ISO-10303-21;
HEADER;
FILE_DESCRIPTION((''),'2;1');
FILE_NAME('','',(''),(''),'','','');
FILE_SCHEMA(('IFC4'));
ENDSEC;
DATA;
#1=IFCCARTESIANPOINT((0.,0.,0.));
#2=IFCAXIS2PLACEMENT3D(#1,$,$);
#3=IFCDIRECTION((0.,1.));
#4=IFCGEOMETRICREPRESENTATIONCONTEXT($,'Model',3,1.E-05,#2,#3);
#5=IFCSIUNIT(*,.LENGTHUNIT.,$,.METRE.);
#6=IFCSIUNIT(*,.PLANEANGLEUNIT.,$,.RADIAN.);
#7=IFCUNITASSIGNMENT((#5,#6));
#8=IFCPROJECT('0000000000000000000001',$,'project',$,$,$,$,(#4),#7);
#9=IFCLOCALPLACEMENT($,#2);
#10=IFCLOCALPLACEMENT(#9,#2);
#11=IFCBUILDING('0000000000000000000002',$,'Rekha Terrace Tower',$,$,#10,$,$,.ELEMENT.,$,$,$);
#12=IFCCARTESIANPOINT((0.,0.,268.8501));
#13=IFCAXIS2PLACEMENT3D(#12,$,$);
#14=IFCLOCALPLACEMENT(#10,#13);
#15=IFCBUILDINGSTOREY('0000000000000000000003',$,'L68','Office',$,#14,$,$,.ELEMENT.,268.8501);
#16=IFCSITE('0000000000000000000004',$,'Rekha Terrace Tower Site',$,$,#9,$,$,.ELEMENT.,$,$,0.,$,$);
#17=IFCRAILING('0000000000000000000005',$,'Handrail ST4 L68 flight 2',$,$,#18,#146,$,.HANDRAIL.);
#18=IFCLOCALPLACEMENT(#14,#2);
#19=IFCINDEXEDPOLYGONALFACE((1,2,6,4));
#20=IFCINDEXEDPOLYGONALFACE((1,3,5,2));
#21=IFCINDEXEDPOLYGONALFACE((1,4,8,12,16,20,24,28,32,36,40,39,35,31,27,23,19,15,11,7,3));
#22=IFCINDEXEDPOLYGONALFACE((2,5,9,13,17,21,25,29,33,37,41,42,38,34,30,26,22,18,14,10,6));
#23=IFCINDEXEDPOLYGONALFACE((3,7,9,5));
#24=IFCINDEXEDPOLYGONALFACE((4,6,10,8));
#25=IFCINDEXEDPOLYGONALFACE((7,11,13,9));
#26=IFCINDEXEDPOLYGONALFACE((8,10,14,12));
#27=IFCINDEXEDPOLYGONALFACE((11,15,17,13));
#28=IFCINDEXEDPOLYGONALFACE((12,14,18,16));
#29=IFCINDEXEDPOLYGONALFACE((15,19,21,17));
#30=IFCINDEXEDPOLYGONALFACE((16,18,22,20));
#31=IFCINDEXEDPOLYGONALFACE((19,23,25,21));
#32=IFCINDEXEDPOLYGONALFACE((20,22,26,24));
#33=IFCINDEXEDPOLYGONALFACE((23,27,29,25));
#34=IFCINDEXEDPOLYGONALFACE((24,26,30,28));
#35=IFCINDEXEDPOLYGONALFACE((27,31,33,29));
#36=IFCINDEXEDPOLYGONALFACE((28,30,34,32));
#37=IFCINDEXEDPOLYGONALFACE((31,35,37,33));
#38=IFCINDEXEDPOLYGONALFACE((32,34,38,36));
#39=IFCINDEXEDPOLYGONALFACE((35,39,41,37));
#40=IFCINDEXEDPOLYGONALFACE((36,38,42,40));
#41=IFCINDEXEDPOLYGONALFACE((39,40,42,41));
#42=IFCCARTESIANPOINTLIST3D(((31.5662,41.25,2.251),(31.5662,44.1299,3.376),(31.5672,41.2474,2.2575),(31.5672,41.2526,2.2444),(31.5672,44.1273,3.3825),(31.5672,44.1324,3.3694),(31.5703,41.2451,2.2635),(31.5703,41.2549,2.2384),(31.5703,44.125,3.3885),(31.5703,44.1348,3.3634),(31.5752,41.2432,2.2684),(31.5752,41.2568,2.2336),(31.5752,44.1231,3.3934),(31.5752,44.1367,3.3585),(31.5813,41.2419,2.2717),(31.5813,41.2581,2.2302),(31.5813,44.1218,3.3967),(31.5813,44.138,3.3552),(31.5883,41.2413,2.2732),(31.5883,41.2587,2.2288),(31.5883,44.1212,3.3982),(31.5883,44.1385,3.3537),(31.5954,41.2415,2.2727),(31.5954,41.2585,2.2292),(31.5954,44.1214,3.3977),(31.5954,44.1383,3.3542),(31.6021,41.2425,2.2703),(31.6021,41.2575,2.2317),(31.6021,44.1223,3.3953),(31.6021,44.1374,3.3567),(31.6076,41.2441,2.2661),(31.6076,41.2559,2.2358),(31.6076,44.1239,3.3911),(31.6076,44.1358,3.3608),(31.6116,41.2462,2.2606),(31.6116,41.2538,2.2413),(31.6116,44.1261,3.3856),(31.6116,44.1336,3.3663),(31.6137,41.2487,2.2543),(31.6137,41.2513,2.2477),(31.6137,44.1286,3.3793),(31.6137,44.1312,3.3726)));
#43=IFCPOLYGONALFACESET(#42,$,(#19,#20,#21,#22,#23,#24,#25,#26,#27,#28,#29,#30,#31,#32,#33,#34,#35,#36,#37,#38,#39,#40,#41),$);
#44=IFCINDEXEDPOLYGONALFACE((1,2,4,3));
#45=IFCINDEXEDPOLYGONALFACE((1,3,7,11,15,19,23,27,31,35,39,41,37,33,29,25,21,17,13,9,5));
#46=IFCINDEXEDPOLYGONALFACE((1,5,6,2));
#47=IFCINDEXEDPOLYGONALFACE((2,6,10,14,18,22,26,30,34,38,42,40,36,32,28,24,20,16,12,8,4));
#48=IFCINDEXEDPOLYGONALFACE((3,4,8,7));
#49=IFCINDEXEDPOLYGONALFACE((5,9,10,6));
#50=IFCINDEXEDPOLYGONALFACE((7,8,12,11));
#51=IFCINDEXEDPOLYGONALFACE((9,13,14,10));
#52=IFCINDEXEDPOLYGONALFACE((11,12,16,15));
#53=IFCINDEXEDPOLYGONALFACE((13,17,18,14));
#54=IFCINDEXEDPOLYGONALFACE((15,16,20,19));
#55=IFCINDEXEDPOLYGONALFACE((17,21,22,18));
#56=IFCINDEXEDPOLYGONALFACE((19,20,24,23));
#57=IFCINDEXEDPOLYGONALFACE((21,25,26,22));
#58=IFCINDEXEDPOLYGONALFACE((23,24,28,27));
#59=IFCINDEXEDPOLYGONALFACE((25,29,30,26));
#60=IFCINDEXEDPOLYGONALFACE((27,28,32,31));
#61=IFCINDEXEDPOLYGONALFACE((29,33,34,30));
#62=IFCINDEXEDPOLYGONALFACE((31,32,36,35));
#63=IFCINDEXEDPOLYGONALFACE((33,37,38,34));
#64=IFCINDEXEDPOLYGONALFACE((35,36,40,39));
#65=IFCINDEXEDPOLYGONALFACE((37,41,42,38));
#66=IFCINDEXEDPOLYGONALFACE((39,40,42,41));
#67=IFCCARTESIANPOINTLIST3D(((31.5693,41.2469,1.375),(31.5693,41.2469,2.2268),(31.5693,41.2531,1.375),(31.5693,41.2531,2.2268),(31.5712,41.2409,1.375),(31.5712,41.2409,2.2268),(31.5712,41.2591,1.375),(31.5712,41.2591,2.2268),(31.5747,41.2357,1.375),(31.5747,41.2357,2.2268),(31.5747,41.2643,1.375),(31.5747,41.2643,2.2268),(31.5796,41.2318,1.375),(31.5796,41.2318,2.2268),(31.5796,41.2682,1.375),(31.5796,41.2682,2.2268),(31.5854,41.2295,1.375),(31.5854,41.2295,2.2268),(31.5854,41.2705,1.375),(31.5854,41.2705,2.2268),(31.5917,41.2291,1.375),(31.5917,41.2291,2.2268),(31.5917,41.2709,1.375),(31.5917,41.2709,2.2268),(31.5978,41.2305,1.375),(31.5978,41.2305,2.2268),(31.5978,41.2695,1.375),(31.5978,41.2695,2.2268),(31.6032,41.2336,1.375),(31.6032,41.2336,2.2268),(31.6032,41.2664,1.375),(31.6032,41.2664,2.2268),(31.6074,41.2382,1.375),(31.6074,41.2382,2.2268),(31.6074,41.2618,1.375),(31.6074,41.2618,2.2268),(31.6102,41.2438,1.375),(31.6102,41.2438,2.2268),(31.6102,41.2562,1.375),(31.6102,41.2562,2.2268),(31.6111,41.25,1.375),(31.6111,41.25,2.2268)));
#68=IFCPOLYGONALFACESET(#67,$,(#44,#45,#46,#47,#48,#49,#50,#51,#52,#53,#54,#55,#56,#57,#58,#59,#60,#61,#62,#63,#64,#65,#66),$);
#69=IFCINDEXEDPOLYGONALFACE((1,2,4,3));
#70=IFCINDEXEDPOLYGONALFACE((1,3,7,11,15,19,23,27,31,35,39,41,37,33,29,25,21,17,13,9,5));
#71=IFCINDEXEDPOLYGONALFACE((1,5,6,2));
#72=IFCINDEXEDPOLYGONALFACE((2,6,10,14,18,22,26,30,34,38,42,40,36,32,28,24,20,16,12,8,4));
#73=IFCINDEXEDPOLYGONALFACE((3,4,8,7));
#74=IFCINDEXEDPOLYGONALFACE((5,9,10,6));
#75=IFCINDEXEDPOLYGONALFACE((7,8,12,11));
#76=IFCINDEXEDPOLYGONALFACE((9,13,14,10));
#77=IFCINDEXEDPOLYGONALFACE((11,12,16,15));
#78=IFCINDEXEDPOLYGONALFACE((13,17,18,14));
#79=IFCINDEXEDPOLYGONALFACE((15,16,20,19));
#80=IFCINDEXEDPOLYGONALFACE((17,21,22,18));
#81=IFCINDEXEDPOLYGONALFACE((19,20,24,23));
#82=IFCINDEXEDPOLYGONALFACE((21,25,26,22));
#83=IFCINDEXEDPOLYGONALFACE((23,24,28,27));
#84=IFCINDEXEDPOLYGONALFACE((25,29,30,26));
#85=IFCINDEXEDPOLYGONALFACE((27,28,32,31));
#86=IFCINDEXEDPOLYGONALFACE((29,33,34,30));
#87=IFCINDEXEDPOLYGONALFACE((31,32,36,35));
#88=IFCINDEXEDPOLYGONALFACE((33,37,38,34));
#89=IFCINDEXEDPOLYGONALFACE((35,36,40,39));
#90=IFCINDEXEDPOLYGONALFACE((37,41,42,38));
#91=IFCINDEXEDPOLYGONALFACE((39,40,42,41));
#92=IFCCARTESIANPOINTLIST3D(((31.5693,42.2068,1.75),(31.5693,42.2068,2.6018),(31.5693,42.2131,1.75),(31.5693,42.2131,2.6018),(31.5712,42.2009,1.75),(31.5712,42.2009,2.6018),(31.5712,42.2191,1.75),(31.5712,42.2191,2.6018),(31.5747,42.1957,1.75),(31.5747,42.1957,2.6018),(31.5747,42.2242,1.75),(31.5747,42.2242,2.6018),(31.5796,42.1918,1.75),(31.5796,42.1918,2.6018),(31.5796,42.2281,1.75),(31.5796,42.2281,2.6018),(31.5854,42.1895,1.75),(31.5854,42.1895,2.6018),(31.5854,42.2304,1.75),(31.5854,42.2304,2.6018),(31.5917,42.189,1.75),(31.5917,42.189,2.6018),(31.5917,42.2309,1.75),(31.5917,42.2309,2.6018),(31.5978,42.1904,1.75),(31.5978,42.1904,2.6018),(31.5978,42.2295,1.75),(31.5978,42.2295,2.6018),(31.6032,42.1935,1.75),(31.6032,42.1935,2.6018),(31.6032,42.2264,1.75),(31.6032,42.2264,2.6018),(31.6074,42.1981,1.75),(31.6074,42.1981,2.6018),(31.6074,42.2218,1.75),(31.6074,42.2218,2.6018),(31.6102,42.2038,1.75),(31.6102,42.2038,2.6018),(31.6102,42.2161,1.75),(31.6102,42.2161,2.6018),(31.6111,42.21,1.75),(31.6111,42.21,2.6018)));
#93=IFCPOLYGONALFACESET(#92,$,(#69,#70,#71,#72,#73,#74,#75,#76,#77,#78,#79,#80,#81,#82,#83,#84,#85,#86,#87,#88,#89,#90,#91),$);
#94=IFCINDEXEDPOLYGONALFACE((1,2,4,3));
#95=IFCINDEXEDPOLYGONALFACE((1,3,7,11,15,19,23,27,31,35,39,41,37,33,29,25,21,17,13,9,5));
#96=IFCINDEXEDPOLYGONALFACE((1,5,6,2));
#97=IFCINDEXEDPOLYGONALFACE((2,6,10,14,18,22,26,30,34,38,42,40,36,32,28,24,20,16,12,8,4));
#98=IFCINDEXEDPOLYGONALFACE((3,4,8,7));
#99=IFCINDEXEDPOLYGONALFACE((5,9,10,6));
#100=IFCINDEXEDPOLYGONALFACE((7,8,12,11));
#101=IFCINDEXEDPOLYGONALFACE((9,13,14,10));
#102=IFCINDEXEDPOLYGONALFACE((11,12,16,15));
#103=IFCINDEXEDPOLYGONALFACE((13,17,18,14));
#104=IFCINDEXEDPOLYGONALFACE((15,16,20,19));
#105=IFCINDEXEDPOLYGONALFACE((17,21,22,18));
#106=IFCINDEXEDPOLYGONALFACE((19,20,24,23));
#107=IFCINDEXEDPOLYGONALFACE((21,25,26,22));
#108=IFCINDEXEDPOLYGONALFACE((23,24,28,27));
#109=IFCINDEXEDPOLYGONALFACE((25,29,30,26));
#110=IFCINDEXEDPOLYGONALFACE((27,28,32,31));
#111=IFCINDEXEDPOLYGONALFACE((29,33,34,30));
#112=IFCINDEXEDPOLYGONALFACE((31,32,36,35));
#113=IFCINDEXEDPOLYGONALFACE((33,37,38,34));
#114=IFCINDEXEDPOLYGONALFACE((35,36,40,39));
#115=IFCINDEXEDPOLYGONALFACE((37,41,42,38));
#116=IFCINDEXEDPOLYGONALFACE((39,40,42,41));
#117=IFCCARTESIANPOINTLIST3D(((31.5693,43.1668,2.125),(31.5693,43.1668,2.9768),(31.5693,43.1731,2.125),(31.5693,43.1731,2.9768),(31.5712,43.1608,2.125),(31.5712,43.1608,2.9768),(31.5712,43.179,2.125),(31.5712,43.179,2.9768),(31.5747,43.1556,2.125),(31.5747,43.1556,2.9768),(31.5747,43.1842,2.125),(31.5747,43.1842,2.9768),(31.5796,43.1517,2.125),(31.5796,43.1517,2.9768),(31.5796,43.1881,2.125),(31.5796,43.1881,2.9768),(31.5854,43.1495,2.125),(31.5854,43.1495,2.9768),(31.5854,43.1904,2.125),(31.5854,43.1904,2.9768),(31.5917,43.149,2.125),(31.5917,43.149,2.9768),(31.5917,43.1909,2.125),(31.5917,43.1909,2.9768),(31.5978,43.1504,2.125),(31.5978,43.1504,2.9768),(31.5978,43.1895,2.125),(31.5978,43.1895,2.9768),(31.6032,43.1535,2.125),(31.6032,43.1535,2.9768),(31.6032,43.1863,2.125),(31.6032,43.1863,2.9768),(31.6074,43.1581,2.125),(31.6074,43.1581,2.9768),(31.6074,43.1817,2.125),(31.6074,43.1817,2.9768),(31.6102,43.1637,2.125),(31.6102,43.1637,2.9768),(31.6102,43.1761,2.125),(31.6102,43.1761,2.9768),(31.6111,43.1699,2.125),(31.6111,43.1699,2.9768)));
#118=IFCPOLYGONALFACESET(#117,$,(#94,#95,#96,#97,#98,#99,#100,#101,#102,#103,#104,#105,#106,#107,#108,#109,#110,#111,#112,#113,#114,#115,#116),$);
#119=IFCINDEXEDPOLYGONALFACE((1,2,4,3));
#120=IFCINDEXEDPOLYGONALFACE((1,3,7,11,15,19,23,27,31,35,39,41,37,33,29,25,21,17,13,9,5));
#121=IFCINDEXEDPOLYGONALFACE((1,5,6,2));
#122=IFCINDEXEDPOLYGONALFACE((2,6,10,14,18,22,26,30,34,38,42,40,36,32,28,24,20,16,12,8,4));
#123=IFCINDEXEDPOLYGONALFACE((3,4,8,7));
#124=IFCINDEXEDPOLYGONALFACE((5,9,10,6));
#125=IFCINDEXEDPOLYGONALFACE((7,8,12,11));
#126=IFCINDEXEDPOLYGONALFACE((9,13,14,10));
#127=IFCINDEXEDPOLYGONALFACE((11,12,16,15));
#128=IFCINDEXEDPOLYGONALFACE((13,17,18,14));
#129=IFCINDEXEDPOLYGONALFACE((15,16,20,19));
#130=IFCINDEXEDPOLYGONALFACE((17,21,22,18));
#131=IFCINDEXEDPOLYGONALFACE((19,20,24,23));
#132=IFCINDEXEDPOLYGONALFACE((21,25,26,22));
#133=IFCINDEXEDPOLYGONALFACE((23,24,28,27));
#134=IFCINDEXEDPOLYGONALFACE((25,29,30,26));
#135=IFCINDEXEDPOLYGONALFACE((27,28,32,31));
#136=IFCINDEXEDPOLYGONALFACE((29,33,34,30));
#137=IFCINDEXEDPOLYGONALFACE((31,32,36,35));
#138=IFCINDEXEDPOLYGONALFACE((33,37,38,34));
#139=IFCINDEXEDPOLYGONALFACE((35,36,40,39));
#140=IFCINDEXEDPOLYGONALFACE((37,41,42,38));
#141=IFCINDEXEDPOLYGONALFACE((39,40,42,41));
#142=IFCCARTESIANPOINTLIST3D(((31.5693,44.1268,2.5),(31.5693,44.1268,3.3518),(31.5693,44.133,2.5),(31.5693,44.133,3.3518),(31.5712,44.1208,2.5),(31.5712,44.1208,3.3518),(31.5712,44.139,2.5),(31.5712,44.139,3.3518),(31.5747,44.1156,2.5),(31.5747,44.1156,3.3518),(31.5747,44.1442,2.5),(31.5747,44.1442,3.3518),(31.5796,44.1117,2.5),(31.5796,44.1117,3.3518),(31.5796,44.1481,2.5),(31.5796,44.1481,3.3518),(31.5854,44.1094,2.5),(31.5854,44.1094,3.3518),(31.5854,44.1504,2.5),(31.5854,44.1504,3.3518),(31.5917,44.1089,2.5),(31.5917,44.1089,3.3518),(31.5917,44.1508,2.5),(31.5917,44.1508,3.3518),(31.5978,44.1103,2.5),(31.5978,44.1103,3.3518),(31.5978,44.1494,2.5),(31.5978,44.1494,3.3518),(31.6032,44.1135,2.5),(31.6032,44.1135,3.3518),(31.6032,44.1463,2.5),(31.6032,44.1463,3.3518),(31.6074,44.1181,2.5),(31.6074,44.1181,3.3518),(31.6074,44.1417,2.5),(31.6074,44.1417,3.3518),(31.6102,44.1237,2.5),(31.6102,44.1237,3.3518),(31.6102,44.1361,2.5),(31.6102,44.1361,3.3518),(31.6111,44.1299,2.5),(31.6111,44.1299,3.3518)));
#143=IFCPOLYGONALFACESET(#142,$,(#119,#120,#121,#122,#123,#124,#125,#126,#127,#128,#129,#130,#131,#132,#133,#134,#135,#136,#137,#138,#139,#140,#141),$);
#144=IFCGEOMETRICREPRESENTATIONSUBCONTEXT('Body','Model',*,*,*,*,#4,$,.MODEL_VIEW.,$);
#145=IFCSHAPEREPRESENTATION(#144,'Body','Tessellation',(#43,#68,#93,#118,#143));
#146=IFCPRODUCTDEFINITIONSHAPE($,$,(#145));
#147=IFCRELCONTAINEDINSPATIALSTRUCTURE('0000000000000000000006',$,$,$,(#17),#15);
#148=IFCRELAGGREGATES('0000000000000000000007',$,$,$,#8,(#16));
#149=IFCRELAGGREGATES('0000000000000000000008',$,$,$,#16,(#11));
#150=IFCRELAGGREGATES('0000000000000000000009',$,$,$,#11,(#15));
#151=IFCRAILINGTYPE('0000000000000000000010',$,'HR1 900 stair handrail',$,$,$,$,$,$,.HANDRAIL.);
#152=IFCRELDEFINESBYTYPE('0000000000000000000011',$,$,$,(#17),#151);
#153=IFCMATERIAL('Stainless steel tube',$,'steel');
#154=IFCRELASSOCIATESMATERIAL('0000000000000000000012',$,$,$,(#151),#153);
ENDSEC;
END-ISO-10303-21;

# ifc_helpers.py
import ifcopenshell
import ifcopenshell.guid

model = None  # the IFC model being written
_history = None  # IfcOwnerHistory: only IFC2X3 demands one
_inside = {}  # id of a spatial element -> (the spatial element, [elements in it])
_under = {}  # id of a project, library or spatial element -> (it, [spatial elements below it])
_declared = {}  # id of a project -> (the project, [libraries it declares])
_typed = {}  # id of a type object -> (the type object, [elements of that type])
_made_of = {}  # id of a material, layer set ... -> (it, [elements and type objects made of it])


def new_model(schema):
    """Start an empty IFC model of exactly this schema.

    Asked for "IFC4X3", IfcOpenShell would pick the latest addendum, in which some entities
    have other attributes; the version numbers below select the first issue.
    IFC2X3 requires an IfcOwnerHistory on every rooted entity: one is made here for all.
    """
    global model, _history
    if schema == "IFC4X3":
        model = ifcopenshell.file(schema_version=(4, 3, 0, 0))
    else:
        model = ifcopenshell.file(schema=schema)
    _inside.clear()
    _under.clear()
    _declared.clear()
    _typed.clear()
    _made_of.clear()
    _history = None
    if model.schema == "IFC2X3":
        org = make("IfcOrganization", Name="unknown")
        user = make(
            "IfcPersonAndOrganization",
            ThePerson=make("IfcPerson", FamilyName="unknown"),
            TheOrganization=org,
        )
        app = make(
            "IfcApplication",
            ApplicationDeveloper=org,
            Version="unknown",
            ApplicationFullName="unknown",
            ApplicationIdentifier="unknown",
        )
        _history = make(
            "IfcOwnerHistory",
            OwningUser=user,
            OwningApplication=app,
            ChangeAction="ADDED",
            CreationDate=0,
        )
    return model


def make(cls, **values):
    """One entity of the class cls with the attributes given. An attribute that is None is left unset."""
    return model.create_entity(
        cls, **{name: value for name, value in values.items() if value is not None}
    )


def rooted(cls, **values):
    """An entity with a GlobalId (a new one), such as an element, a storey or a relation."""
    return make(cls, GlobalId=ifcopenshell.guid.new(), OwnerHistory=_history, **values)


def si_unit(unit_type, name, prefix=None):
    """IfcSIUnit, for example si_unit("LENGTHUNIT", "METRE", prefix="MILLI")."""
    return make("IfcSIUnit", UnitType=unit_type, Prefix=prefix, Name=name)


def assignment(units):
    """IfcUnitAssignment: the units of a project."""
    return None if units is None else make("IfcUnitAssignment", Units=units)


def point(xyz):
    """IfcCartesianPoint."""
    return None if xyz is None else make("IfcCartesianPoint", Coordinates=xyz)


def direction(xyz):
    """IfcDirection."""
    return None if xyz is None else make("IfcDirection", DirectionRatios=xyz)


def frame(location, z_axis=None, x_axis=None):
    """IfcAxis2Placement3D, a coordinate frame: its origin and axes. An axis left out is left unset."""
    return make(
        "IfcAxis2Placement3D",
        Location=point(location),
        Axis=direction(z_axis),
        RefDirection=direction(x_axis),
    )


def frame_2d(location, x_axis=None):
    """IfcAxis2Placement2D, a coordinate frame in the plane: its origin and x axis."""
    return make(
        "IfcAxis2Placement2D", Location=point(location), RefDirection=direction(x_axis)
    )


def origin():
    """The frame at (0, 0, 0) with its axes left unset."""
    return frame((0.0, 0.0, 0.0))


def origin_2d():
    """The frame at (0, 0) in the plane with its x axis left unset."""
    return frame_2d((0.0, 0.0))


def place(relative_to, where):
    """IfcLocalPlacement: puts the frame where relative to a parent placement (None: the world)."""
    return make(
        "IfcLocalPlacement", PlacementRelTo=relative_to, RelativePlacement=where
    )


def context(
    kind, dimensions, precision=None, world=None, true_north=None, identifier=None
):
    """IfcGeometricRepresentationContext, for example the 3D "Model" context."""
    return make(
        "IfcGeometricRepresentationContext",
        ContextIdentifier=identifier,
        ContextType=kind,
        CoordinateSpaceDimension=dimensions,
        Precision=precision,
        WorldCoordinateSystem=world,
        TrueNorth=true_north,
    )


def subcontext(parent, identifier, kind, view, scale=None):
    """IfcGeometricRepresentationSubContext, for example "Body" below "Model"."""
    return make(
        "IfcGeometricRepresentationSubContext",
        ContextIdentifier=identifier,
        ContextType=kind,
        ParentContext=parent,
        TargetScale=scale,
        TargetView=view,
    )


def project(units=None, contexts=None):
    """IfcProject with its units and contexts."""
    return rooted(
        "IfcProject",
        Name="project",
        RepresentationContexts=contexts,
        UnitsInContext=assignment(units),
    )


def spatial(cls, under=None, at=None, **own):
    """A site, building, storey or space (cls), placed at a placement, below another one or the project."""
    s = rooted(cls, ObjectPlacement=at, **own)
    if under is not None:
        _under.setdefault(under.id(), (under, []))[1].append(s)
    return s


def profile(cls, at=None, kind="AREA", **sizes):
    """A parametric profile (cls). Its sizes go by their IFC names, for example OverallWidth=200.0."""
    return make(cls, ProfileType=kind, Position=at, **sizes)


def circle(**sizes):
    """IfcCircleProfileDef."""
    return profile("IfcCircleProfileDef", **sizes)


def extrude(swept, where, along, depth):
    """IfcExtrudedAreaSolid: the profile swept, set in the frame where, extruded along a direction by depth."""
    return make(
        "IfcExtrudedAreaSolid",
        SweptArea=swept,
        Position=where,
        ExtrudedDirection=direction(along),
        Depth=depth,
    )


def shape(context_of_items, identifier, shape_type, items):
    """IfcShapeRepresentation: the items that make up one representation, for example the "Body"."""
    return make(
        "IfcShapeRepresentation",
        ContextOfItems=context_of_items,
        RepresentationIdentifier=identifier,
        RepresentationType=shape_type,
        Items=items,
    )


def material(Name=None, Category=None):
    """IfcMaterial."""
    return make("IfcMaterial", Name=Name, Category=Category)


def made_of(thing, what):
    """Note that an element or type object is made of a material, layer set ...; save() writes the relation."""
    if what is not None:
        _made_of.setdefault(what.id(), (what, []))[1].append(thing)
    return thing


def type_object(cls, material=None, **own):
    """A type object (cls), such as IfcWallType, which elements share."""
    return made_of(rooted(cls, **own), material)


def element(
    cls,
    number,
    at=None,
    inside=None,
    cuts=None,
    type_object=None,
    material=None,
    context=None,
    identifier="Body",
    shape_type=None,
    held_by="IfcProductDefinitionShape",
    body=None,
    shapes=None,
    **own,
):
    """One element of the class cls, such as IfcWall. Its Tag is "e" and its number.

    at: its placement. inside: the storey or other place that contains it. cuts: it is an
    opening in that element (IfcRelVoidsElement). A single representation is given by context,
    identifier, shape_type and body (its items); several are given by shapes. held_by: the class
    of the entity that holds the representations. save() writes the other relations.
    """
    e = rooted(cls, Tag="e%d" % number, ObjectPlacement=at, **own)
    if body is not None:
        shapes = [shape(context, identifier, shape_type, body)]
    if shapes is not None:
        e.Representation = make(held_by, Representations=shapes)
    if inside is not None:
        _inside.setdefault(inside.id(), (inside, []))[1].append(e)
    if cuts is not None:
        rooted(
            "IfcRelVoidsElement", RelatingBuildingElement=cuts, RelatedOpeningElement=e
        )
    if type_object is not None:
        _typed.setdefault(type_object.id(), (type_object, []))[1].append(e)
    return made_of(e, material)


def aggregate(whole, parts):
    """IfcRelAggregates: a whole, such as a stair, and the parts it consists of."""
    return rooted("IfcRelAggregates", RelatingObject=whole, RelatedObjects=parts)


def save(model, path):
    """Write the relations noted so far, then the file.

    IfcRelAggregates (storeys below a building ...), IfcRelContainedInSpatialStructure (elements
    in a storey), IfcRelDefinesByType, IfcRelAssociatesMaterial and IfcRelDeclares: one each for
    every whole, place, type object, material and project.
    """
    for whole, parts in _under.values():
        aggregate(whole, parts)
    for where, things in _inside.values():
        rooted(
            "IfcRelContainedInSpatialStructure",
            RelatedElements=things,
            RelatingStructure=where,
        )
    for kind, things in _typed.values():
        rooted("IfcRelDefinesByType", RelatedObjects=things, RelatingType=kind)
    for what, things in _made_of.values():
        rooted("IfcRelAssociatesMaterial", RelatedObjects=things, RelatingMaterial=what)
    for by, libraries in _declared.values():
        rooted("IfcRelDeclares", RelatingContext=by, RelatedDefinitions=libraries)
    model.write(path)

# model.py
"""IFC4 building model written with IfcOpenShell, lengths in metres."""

from ifc_helpers import new_model, si_unit, direction, frame, origin, origin_2d, place, context, subcontext, project, spatial, circle, extrude, material, type_object, element, save


model = new_model("IFC4")

# Units and contexts
model_context = context("Model", 3, precision=1e-05, world=origin(), true_north=direction((0.0, 1.0)))
body_context = subcontext(model_context, "Body", "Model", "MODEL_VIEW")
ifc_project = project(units=[si_unit("LENGTHUNIT", "METRE"), si_unit("PLANEANGLEUNIT", "RADIAN")], contexts=[model_context])

# Site, building, storey
site_placement = place(None, origin())
site = spatial("IfcSite", under=ifc_project, at=site_placement, Name="Rekha Terrace Tower Site", CompositionType="ELEMENT", RefElevation=0.0)
building_placement = place(site_placement, origin())
building = spatial("IfcBuilding", under=site, at=building_placement, Name="Rekha Terrace Tower", CompositionType="ELEMENT")
storey_placement = place(building_placement, frame((0.0, 0.0, 268.8501)))
storey = spatial("IfcBuildingStorey", under=building, at=storey_placement, Name="L68", Description="Office", CompositionType="ELEMENT", Elevation=268.8501)

# Railing
ifc_material_1 = material(Name="Stainless steel tube", Category="steel")
railing_type_1 = type_object("IfcRailingType", Name="HR1 900 stair handrail", PredefinedType="HANDRAIL", material=ifc_material_1)
for number, where, name in (
    (1, (31.5901, 41.25, 1.375), "Handrail ST4 L68 flight 2"),
):
    element("IfcRailing", number, at=place(storey_placement, frame(where)), inside=storey, type_object=railing_type_1, Name=name, PredefinedType="HANDRAIL", context=body_context, shape_type="SweptSolid", body=[
        extrude(circle(Radius=0.0239, at=origin_2d()), frame((0.0, 0.0, 0.876), z_axis=(0.0, 0.931452, 0.363863), x_axis=(-1.0, 0.0, 0.0)), (0.0, 0.0, 1.0), 3.0918),
        extrude(circle(Radius=0.021, at=origin_2d()), origin(), (0.0, 0.0, 1.0), 0.8518),
        extrude(circle(Radius=0.021, at=origin_2d()), frame((0.0, 0.96, 0.375)), (0.0, 0.0, 1.0), 0.8518),
        extrude(circle(Radius=0.021, at=origin_2d()), frame((0.0, 1.9199, 0.75)), (0.0, 0.0, 1.0), 0.8518),
        extrude(circle(Radius=0.021, at=origin_2d()), frame((0.0, 2.8799, 1.125)), (0.0, 0.0, 1.0), 0.8518),
    ])

save(model, "model.ifc")
